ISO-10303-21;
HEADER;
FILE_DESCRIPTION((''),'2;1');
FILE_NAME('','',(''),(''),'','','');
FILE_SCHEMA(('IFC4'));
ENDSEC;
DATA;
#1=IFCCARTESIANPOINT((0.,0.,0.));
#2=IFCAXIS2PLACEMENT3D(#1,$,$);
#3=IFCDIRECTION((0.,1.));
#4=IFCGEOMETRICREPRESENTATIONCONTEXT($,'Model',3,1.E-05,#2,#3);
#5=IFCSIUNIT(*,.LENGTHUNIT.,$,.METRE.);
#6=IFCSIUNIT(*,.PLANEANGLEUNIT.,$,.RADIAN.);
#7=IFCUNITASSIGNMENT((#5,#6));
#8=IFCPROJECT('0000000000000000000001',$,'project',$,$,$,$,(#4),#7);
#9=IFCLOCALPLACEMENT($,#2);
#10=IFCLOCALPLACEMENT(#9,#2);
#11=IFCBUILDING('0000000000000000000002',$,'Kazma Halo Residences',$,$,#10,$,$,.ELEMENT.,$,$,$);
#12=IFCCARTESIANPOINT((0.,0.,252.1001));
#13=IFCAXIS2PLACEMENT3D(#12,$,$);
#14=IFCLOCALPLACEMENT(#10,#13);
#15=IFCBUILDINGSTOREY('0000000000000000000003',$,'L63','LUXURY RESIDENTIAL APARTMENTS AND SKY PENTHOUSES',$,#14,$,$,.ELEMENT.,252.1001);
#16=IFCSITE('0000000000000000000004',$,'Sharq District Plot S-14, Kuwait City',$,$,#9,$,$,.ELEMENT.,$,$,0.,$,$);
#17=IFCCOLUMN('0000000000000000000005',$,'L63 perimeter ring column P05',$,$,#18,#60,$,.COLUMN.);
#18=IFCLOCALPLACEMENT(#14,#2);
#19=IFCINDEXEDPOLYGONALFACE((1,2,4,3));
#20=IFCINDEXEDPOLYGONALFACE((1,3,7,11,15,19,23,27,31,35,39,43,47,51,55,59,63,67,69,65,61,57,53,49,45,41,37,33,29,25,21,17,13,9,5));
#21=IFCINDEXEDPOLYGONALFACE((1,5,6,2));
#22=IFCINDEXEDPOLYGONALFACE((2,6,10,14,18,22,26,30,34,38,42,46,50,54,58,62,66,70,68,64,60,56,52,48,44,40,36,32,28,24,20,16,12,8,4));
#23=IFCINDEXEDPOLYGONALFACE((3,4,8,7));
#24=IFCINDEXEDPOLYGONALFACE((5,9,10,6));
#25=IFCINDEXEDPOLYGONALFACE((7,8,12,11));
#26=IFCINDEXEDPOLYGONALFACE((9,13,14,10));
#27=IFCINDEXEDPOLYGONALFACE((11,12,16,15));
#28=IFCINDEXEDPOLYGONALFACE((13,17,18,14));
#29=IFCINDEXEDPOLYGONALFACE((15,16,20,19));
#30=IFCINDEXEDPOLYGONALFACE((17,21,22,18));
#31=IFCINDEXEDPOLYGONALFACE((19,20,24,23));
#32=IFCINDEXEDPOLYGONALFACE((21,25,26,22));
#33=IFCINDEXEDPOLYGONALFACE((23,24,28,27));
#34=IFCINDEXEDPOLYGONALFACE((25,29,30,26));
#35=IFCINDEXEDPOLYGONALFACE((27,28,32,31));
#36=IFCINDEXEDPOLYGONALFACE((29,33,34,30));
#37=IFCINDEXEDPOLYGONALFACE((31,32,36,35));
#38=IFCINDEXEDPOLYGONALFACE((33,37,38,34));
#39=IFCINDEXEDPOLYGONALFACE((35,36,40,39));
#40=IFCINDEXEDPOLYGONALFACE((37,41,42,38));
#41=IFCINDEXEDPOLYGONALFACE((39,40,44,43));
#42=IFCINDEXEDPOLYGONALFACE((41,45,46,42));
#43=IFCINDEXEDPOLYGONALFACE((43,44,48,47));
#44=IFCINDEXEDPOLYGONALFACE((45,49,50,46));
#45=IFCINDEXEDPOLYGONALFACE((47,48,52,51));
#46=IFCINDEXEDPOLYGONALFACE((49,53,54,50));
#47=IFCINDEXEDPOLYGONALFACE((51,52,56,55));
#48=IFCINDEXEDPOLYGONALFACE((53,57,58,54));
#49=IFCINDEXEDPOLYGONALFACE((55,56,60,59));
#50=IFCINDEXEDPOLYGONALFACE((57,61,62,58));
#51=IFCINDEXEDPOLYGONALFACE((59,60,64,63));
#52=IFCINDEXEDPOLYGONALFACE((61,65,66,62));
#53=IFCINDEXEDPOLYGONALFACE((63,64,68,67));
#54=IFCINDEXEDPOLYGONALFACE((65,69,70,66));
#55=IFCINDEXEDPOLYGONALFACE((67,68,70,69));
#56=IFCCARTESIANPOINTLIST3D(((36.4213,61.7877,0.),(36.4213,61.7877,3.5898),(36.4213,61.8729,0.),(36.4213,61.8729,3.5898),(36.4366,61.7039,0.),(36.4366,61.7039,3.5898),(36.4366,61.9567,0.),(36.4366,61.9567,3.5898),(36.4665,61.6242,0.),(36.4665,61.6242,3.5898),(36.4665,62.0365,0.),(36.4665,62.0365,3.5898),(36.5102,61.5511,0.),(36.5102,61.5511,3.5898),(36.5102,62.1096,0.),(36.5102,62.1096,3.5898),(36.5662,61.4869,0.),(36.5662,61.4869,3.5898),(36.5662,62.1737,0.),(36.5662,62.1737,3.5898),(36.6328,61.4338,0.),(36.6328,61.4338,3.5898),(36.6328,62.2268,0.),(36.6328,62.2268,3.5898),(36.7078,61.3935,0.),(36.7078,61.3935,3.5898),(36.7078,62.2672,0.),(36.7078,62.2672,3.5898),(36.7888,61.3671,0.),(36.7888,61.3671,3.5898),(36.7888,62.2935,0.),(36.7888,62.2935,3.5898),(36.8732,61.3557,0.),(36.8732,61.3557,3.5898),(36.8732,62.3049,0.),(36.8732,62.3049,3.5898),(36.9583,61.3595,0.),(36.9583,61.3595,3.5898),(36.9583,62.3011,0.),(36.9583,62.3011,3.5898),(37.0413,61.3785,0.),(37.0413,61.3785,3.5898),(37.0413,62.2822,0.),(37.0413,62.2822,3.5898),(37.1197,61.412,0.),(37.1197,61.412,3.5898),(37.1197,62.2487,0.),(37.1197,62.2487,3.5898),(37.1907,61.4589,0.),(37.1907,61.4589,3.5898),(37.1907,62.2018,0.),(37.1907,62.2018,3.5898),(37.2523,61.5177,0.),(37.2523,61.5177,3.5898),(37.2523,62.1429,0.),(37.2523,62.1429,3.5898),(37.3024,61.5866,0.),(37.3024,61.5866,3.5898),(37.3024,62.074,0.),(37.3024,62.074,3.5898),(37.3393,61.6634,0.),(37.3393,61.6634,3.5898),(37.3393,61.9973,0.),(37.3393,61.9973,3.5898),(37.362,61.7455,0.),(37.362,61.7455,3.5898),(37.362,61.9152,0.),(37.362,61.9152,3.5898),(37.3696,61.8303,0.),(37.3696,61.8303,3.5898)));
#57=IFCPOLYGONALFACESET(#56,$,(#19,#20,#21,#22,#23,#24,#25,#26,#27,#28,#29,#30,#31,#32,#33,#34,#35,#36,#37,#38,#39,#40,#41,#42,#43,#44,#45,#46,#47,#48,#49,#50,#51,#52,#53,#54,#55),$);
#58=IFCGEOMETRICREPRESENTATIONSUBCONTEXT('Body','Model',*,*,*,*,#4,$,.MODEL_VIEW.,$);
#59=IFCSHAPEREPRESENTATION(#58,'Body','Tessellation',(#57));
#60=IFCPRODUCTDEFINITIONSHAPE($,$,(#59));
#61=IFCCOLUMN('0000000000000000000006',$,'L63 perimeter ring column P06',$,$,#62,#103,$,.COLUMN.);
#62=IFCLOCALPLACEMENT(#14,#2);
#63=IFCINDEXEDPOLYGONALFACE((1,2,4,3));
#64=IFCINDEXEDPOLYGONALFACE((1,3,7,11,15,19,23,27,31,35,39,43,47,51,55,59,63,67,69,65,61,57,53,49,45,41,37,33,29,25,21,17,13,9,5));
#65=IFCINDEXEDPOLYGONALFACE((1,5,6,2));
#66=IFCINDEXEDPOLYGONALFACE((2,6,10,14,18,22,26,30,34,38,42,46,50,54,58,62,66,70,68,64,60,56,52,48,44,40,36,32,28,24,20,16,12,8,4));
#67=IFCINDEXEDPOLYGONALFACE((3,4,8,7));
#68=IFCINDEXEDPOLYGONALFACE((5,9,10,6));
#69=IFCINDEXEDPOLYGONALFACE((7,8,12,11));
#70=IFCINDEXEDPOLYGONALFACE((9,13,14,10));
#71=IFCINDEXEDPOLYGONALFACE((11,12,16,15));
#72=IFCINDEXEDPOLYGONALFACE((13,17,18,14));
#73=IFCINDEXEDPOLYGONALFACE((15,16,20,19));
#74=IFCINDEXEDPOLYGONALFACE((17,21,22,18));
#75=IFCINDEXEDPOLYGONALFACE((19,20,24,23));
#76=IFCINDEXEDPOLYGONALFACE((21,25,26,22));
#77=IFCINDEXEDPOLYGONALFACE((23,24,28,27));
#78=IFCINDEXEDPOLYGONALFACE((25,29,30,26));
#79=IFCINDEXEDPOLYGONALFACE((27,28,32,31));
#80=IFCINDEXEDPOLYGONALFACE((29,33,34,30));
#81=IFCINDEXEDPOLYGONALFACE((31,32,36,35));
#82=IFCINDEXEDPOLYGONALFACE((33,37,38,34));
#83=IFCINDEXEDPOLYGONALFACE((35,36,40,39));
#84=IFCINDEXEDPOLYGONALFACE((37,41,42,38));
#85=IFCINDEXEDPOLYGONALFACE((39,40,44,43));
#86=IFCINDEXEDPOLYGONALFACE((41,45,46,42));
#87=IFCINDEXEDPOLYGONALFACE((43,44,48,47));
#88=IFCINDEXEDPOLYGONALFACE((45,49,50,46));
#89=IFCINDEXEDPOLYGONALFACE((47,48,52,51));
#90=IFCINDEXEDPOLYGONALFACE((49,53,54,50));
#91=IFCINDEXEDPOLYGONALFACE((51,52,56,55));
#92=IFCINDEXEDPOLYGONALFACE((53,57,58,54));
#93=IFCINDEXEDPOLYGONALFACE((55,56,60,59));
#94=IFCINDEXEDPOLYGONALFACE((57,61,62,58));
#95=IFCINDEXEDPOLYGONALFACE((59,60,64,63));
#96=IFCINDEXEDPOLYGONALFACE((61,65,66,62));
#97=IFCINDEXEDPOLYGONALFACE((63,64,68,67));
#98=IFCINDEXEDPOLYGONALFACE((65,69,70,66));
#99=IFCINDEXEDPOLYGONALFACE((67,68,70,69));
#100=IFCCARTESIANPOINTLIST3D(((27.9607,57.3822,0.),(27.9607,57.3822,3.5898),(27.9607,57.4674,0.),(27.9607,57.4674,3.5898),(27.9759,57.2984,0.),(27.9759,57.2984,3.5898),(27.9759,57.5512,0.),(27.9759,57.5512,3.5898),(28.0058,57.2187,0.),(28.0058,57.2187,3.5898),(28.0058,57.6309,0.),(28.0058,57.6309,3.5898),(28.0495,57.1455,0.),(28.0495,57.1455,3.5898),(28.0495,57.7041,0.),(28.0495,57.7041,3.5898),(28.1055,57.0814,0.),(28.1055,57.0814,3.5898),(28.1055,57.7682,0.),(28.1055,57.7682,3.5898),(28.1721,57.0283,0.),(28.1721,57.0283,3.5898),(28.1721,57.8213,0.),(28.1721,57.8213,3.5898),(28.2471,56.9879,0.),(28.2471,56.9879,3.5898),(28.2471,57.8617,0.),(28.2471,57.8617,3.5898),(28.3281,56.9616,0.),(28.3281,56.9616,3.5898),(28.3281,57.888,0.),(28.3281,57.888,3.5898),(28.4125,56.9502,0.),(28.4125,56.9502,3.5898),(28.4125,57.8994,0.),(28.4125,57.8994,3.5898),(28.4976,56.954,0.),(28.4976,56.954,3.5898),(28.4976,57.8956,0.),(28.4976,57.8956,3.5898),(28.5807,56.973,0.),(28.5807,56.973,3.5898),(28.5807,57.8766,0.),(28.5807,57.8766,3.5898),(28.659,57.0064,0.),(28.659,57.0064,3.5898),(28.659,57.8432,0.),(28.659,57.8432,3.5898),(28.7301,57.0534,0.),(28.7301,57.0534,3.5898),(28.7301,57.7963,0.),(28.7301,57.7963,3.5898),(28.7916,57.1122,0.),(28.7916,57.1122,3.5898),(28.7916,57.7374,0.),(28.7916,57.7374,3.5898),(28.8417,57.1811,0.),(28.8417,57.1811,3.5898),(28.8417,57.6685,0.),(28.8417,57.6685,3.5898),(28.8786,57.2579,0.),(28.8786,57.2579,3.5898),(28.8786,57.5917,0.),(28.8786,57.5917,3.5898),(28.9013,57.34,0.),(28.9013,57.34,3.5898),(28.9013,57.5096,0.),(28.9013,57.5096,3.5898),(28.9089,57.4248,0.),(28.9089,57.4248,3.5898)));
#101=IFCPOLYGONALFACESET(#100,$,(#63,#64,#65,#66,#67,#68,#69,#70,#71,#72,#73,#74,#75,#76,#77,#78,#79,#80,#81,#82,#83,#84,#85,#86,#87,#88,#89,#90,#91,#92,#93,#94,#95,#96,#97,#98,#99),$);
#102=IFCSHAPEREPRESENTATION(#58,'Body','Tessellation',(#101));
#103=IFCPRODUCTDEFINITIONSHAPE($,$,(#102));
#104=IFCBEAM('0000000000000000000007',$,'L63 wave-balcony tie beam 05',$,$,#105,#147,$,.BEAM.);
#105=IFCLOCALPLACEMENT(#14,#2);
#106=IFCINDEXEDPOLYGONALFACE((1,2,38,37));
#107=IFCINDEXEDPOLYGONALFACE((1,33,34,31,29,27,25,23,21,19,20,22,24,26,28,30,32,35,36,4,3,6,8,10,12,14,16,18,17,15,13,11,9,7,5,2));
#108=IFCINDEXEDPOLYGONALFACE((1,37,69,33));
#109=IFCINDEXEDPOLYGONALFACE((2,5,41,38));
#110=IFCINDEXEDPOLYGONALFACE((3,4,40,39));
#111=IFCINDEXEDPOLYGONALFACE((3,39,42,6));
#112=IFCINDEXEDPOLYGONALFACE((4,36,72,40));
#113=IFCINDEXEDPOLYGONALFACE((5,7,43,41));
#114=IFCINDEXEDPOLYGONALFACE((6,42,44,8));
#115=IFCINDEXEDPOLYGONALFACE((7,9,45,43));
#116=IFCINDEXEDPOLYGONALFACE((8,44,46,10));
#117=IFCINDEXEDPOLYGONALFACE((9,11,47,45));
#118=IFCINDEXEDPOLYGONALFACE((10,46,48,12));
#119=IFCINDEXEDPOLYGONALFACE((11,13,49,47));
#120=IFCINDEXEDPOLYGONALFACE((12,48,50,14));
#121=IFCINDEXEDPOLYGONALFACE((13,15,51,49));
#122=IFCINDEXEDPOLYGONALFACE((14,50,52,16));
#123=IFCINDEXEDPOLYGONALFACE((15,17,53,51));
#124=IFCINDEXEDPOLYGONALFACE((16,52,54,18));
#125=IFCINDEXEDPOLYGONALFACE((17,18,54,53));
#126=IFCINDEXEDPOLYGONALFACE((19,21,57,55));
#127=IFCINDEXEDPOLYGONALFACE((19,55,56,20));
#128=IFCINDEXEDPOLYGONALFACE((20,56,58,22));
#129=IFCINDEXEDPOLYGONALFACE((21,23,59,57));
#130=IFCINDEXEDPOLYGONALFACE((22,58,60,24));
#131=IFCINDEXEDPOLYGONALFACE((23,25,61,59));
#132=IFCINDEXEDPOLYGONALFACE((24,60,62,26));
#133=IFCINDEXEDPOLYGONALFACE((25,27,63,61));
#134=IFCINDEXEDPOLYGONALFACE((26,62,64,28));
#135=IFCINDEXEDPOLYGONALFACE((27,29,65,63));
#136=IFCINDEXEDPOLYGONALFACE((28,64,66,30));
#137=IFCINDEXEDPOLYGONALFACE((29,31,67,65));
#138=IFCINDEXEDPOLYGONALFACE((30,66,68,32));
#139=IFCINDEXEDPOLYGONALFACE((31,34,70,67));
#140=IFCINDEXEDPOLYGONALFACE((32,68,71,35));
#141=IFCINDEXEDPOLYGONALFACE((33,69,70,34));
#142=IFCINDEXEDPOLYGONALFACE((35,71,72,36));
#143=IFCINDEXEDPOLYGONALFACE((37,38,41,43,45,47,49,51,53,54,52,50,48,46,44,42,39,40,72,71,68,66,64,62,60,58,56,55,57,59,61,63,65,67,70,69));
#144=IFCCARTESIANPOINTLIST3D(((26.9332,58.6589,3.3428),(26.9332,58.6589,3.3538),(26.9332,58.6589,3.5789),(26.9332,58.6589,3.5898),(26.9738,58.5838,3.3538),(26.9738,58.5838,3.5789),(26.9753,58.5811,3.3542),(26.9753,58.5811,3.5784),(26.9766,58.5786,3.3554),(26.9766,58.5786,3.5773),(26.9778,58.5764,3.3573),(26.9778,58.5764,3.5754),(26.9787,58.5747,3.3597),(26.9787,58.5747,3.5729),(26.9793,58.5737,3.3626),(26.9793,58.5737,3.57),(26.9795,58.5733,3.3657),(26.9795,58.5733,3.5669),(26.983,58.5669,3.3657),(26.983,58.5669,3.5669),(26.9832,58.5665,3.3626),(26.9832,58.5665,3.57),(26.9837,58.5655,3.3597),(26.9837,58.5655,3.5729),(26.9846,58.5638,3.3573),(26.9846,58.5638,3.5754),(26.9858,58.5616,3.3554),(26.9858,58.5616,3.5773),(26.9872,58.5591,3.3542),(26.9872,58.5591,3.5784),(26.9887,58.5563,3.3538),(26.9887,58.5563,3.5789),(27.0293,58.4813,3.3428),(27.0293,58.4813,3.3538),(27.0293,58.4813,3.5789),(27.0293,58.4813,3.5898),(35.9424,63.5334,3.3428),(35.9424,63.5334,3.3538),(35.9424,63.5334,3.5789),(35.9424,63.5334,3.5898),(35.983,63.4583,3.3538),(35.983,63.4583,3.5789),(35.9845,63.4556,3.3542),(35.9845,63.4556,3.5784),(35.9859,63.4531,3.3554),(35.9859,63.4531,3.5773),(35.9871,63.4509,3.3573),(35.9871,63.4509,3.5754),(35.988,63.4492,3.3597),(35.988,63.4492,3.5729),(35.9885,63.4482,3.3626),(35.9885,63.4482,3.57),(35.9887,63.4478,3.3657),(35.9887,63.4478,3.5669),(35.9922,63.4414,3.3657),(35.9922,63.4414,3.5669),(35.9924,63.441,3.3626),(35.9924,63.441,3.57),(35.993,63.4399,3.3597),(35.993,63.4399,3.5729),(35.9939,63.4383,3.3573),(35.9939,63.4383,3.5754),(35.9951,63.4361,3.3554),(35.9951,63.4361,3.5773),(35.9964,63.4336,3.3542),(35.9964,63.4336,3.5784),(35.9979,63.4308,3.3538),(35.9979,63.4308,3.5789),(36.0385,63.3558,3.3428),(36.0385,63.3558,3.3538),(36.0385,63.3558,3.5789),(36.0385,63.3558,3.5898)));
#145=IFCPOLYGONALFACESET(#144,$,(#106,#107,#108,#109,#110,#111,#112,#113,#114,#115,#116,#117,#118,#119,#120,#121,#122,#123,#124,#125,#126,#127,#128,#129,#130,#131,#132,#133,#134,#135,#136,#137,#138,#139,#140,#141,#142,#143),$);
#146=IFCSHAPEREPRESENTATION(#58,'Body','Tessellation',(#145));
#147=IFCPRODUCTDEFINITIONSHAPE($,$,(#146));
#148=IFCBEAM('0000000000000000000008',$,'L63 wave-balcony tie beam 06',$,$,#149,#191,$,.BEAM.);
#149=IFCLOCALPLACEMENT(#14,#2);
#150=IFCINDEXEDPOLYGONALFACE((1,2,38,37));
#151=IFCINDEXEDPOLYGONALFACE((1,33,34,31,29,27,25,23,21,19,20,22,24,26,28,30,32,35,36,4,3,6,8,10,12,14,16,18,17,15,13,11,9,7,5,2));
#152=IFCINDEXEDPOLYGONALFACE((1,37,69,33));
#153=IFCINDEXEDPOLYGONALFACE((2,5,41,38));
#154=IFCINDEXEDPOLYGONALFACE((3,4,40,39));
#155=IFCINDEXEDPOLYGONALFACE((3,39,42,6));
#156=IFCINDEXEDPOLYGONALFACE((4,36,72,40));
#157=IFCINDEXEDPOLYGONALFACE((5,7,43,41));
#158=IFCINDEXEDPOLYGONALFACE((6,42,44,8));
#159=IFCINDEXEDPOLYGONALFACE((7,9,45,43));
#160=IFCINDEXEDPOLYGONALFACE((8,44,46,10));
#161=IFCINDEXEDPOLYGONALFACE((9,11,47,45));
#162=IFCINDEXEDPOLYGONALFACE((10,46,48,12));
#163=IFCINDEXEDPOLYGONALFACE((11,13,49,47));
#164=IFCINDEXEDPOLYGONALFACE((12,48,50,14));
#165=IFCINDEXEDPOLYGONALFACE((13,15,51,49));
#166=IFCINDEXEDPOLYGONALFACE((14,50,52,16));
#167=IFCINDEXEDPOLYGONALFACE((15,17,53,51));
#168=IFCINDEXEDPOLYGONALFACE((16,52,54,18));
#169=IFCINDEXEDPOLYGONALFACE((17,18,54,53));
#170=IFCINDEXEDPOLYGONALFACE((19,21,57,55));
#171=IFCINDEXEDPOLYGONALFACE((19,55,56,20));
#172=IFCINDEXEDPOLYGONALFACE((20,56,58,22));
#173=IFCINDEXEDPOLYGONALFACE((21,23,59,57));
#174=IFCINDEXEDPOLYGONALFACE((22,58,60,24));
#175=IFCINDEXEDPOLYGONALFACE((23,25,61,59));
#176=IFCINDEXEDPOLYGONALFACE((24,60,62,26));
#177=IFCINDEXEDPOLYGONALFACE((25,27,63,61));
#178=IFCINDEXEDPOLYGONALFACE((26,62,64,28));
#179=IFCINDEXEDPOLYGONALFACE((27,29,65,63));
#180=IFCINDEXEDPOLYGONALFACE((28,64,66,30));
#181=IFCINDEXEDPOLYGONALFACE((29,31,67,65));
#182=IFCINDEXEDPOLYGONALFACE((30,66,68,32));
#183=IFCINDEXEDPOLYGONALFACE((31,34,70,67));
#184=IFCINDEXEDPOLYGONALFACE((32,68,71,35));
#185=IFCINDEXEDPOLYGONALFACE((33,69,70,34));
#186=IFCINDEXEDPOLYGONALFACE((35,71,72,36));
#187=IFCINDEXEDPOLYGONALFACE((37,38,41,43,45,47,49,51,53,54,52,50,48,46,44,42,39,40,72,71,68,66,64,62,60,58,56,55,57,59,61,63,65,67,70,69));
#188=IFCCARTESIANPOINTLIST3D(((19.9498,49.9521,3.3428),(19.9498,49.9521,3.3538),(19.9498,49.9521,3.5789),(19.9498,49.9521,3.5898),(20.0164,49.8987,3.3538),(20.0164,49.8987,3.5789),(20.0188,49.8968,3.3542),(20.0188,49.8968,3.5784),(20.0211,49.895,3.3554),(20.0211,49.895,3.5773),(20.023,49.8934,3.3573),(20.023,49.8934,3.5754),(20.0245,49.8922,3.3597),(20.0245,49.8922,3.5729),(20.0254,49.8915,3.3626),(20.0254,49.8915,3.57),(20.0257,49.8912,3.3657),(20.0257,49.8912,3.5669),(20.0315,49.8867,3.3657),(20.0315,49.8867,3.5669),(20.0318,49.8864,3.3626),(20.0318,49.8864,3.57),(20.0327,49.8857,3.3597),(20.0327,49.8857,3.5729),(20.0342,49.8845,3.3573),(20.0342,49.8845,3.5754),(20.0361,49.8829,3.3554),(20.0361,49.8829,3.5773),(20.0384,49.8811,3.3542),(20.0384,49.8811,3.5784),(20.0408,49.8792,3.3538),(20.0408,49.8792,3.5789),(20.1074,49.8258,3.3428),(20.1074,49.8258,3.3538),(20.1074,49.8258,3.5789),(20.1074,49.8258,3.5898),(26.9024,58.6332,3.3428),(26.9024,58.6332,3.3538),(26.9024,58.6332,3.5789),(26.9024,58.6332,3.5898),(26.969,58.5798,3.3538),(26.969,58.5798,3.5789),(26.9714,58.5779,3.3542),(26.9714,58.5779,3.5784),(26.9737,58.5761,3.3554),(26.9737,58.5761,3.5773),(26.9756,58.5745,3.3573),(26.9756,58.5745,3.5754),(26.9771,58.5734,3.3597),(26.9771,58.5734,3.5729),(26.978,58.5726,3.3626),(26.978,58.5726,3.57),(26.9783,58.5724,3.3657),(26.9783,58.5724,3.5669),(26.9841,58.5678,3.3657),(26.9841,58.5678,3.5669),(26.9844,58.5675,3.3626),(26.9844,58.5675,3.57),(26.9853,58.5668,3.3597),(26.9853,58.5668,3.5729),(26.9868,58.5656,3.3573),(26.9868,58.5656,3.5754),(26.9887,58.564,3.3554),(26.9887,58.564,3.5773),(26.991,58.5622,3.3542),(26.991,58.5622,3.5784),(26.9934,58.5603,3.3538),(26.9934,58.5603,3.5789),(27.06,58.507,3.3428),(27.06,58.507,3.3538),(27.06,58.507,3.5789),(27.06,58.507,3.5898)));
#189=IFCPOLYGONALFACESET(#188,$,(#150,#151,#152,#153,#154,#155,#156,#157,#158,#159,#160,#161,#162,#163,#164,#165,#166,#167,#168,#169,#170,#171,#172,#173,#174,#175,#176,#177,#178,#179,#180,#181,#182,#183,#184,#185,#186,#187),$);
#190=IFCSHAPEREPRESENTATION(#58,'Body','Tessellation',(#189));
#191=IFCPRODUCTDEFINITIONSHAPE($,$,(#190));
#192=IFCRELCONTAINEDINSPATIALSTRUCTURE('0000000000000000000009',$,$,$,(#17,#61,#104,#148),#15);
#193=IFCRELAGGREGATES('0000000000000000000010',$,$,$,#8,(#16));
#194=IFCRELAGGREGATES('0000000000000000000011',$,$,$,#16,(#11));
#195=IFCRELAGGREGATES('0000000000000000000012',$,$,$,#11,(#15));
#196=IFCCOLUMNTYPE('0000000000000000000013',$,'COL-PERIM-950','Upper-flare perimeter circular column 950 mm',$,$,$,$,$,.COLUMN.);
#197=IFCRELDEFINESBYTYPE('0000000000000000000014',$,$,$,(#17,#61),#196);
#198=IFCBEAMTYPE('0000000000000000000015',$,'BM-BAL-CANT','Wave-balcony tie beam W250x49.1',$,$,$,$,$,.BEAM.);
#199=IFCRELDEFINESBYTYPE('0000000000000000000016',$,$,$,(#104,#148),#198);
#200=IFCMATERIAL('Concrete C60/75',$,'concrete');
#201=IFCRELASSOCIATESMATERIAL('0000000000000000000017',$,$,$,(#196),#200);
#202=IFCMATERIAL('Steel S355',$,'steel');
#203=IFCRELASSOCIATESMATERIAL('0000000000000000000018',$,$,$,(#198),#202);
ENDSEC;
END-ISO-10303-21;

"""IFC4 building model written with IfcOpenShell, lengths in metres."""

from ifc_helpers import new_model, si_unit, direction, frame, origin, origin_2d, place, context, subcontext, project, spatial, circle, i_section, extrude, material, material_profile, profile_set, type_object, element, save


model = new_model("IFC4")

# Units and contexts
model_context = context("Model", 3, precision=1e-05, world=origin(), true_north=direction((0.0, 1.0)))
body_context = subcontext(model_context, "Body", "Model", "MODEL_VIEW")
ifc_project = project(units=[si_unit("LENGTHUNIT", "METRE"), si_unit("PLANEANGLEUNIT", "RADIAN")], contexts=[model_context])

# Site, building, storey
site_placement = place(None, origin())
site = spatial("IfcSite", under=ifc_project, at=site_placement, Name="Sharq District Plot S-14, Kuwait City", CompositionType="ELEMENT", RefElevation=0.0)
building_placement = place(site_placement, origin())
building = spatial("IfcBuilding", under=site, at=building_placement, Name="Kazma Halo Residences", CompositionType="ELEMENT")
storey_placement = place(building_placement, frame((0.0, 0.0, 252.1001)))
storey = spatial("IfcBuildingStorey", under=building, at=storey_placement, Name="L63", Description="LUXURY RESIDENTIAL APARTMENTS AND SKY PENTHOUSES", CompositionType="ELEMENT", Elevation=252.1001)

# Columns
ifc_material_1 = material(Name="Concrete C60/75", Category="concrete")
ifc_material_profile_1 = material_profile(ifc_material_1, circle(Radius=0.4751, at=origin_2d()), Name="CIRC950")
ifc_profile_set_1 = profile_set([ifc_material_profile_1], Name="Concrete C60/75")
column_type = type_object("IfcColumnType", Name="COL-PERIM-950", Description="Upper-flare perimeter circular column 950 mm", PredefinedType="COLUMN", material=ifc_profile_set_1)
for number, where, z_axis, x_axis, name in (
    (1, (36.8945, 61.8303, 0.0), (0.0, 0.0, 1.0), (1.0, 0.0, 0.0), "L63 perimeter ring column P05"),
    (2, (28.4338, 57.4248, 0.0), (0.0, 0.0, 1.0), (1.0, 0.0, 0.0), "L63 perimeter ring column P06"),
):
    element("IfcColumn", number, at=place(storey_placement, frame(where, z_axis=z_axis, x_axis=x_axis)), inside=storey, type_object=column_type, Name=name, PredefinedType="COLUMN", context=body_context, shape_type="SweptSolid", body=[
        extrude(circle(Radius=0.4751, at=origin_2d()), origin(), (0.0, 0.0, 1.0), 3.5898),
    ])

# Beams
ifc_material_2 = material(Name="Steel S355", Category="steel")
ifc_material_profile_2 = material_profile(ifc_material_2, i_section(OverallWidth=0.2019, OverallDepth=0.2471, WebThickness=0.0073, FlangeThickness=0.011, FilletRadius=0.012, at=origin_2d()), Name="W250x49.1")
ifc_profile_set_2 = profile_set([ifc_material_profile_2], Name="Steel S355")
beam_type_1 = type_object("IfcBeamType", Name="BM-BAL-CANT", Description="Wave-balcony tie beam W250x49.1", PredefinedType="BEAM", material=ifc_profile_set_2)
beam_1_placement = place(storey_placement, frame((35.9905, 63.4446, 3.4663), z_axis=(-0.879517, -0.475867, 0.0), x_axis=(0.475867, -0.879517, 0.0)))
element("IfcBeam", 3, at=beam_1_placement, inside=storey, type_object=beam_type_1, Name="L63 wave-balcony tie beam 05", PredefinedType="BEAM", context=body_context, shape_type="SweptSolid", body=[
    extrude(i_section(OverallWidth=0.2019, OverallDepth=0.2471, WebThickness=0.0073, FlangeThickness=0.011, FilletRadius=0.012, at=origin_2d()), origin(), (0.0, 0.0, 1.0), 10.2434),
])
beam_2_placement = place(storey_placement, frame((26.9812, 58.5701, 3.4663), z_axis=(-0.625118, -0.78053, 0.0), x_axis=(0.78053, -0.625118, 0.0)))
element("IfcBeam", 4, at=beam_2_placement, inside=storey, type_object=beam_type_1, Name="L63 wave-balcony tie beam 06", PredefinedType="BEAM", context=body_context, shape_type="SweptSolid", body=[
    extrude(i_section(OverallWidth=0.2019, OverallDepth=0.2471, WebThickness=0.0073, FlangeThickness=0.011, FilletRadius=0.012, at=origin_2d()), origin(), (0.0, 0.0, 1.0), 11.1221),
])

save(model, "model.ifc")
